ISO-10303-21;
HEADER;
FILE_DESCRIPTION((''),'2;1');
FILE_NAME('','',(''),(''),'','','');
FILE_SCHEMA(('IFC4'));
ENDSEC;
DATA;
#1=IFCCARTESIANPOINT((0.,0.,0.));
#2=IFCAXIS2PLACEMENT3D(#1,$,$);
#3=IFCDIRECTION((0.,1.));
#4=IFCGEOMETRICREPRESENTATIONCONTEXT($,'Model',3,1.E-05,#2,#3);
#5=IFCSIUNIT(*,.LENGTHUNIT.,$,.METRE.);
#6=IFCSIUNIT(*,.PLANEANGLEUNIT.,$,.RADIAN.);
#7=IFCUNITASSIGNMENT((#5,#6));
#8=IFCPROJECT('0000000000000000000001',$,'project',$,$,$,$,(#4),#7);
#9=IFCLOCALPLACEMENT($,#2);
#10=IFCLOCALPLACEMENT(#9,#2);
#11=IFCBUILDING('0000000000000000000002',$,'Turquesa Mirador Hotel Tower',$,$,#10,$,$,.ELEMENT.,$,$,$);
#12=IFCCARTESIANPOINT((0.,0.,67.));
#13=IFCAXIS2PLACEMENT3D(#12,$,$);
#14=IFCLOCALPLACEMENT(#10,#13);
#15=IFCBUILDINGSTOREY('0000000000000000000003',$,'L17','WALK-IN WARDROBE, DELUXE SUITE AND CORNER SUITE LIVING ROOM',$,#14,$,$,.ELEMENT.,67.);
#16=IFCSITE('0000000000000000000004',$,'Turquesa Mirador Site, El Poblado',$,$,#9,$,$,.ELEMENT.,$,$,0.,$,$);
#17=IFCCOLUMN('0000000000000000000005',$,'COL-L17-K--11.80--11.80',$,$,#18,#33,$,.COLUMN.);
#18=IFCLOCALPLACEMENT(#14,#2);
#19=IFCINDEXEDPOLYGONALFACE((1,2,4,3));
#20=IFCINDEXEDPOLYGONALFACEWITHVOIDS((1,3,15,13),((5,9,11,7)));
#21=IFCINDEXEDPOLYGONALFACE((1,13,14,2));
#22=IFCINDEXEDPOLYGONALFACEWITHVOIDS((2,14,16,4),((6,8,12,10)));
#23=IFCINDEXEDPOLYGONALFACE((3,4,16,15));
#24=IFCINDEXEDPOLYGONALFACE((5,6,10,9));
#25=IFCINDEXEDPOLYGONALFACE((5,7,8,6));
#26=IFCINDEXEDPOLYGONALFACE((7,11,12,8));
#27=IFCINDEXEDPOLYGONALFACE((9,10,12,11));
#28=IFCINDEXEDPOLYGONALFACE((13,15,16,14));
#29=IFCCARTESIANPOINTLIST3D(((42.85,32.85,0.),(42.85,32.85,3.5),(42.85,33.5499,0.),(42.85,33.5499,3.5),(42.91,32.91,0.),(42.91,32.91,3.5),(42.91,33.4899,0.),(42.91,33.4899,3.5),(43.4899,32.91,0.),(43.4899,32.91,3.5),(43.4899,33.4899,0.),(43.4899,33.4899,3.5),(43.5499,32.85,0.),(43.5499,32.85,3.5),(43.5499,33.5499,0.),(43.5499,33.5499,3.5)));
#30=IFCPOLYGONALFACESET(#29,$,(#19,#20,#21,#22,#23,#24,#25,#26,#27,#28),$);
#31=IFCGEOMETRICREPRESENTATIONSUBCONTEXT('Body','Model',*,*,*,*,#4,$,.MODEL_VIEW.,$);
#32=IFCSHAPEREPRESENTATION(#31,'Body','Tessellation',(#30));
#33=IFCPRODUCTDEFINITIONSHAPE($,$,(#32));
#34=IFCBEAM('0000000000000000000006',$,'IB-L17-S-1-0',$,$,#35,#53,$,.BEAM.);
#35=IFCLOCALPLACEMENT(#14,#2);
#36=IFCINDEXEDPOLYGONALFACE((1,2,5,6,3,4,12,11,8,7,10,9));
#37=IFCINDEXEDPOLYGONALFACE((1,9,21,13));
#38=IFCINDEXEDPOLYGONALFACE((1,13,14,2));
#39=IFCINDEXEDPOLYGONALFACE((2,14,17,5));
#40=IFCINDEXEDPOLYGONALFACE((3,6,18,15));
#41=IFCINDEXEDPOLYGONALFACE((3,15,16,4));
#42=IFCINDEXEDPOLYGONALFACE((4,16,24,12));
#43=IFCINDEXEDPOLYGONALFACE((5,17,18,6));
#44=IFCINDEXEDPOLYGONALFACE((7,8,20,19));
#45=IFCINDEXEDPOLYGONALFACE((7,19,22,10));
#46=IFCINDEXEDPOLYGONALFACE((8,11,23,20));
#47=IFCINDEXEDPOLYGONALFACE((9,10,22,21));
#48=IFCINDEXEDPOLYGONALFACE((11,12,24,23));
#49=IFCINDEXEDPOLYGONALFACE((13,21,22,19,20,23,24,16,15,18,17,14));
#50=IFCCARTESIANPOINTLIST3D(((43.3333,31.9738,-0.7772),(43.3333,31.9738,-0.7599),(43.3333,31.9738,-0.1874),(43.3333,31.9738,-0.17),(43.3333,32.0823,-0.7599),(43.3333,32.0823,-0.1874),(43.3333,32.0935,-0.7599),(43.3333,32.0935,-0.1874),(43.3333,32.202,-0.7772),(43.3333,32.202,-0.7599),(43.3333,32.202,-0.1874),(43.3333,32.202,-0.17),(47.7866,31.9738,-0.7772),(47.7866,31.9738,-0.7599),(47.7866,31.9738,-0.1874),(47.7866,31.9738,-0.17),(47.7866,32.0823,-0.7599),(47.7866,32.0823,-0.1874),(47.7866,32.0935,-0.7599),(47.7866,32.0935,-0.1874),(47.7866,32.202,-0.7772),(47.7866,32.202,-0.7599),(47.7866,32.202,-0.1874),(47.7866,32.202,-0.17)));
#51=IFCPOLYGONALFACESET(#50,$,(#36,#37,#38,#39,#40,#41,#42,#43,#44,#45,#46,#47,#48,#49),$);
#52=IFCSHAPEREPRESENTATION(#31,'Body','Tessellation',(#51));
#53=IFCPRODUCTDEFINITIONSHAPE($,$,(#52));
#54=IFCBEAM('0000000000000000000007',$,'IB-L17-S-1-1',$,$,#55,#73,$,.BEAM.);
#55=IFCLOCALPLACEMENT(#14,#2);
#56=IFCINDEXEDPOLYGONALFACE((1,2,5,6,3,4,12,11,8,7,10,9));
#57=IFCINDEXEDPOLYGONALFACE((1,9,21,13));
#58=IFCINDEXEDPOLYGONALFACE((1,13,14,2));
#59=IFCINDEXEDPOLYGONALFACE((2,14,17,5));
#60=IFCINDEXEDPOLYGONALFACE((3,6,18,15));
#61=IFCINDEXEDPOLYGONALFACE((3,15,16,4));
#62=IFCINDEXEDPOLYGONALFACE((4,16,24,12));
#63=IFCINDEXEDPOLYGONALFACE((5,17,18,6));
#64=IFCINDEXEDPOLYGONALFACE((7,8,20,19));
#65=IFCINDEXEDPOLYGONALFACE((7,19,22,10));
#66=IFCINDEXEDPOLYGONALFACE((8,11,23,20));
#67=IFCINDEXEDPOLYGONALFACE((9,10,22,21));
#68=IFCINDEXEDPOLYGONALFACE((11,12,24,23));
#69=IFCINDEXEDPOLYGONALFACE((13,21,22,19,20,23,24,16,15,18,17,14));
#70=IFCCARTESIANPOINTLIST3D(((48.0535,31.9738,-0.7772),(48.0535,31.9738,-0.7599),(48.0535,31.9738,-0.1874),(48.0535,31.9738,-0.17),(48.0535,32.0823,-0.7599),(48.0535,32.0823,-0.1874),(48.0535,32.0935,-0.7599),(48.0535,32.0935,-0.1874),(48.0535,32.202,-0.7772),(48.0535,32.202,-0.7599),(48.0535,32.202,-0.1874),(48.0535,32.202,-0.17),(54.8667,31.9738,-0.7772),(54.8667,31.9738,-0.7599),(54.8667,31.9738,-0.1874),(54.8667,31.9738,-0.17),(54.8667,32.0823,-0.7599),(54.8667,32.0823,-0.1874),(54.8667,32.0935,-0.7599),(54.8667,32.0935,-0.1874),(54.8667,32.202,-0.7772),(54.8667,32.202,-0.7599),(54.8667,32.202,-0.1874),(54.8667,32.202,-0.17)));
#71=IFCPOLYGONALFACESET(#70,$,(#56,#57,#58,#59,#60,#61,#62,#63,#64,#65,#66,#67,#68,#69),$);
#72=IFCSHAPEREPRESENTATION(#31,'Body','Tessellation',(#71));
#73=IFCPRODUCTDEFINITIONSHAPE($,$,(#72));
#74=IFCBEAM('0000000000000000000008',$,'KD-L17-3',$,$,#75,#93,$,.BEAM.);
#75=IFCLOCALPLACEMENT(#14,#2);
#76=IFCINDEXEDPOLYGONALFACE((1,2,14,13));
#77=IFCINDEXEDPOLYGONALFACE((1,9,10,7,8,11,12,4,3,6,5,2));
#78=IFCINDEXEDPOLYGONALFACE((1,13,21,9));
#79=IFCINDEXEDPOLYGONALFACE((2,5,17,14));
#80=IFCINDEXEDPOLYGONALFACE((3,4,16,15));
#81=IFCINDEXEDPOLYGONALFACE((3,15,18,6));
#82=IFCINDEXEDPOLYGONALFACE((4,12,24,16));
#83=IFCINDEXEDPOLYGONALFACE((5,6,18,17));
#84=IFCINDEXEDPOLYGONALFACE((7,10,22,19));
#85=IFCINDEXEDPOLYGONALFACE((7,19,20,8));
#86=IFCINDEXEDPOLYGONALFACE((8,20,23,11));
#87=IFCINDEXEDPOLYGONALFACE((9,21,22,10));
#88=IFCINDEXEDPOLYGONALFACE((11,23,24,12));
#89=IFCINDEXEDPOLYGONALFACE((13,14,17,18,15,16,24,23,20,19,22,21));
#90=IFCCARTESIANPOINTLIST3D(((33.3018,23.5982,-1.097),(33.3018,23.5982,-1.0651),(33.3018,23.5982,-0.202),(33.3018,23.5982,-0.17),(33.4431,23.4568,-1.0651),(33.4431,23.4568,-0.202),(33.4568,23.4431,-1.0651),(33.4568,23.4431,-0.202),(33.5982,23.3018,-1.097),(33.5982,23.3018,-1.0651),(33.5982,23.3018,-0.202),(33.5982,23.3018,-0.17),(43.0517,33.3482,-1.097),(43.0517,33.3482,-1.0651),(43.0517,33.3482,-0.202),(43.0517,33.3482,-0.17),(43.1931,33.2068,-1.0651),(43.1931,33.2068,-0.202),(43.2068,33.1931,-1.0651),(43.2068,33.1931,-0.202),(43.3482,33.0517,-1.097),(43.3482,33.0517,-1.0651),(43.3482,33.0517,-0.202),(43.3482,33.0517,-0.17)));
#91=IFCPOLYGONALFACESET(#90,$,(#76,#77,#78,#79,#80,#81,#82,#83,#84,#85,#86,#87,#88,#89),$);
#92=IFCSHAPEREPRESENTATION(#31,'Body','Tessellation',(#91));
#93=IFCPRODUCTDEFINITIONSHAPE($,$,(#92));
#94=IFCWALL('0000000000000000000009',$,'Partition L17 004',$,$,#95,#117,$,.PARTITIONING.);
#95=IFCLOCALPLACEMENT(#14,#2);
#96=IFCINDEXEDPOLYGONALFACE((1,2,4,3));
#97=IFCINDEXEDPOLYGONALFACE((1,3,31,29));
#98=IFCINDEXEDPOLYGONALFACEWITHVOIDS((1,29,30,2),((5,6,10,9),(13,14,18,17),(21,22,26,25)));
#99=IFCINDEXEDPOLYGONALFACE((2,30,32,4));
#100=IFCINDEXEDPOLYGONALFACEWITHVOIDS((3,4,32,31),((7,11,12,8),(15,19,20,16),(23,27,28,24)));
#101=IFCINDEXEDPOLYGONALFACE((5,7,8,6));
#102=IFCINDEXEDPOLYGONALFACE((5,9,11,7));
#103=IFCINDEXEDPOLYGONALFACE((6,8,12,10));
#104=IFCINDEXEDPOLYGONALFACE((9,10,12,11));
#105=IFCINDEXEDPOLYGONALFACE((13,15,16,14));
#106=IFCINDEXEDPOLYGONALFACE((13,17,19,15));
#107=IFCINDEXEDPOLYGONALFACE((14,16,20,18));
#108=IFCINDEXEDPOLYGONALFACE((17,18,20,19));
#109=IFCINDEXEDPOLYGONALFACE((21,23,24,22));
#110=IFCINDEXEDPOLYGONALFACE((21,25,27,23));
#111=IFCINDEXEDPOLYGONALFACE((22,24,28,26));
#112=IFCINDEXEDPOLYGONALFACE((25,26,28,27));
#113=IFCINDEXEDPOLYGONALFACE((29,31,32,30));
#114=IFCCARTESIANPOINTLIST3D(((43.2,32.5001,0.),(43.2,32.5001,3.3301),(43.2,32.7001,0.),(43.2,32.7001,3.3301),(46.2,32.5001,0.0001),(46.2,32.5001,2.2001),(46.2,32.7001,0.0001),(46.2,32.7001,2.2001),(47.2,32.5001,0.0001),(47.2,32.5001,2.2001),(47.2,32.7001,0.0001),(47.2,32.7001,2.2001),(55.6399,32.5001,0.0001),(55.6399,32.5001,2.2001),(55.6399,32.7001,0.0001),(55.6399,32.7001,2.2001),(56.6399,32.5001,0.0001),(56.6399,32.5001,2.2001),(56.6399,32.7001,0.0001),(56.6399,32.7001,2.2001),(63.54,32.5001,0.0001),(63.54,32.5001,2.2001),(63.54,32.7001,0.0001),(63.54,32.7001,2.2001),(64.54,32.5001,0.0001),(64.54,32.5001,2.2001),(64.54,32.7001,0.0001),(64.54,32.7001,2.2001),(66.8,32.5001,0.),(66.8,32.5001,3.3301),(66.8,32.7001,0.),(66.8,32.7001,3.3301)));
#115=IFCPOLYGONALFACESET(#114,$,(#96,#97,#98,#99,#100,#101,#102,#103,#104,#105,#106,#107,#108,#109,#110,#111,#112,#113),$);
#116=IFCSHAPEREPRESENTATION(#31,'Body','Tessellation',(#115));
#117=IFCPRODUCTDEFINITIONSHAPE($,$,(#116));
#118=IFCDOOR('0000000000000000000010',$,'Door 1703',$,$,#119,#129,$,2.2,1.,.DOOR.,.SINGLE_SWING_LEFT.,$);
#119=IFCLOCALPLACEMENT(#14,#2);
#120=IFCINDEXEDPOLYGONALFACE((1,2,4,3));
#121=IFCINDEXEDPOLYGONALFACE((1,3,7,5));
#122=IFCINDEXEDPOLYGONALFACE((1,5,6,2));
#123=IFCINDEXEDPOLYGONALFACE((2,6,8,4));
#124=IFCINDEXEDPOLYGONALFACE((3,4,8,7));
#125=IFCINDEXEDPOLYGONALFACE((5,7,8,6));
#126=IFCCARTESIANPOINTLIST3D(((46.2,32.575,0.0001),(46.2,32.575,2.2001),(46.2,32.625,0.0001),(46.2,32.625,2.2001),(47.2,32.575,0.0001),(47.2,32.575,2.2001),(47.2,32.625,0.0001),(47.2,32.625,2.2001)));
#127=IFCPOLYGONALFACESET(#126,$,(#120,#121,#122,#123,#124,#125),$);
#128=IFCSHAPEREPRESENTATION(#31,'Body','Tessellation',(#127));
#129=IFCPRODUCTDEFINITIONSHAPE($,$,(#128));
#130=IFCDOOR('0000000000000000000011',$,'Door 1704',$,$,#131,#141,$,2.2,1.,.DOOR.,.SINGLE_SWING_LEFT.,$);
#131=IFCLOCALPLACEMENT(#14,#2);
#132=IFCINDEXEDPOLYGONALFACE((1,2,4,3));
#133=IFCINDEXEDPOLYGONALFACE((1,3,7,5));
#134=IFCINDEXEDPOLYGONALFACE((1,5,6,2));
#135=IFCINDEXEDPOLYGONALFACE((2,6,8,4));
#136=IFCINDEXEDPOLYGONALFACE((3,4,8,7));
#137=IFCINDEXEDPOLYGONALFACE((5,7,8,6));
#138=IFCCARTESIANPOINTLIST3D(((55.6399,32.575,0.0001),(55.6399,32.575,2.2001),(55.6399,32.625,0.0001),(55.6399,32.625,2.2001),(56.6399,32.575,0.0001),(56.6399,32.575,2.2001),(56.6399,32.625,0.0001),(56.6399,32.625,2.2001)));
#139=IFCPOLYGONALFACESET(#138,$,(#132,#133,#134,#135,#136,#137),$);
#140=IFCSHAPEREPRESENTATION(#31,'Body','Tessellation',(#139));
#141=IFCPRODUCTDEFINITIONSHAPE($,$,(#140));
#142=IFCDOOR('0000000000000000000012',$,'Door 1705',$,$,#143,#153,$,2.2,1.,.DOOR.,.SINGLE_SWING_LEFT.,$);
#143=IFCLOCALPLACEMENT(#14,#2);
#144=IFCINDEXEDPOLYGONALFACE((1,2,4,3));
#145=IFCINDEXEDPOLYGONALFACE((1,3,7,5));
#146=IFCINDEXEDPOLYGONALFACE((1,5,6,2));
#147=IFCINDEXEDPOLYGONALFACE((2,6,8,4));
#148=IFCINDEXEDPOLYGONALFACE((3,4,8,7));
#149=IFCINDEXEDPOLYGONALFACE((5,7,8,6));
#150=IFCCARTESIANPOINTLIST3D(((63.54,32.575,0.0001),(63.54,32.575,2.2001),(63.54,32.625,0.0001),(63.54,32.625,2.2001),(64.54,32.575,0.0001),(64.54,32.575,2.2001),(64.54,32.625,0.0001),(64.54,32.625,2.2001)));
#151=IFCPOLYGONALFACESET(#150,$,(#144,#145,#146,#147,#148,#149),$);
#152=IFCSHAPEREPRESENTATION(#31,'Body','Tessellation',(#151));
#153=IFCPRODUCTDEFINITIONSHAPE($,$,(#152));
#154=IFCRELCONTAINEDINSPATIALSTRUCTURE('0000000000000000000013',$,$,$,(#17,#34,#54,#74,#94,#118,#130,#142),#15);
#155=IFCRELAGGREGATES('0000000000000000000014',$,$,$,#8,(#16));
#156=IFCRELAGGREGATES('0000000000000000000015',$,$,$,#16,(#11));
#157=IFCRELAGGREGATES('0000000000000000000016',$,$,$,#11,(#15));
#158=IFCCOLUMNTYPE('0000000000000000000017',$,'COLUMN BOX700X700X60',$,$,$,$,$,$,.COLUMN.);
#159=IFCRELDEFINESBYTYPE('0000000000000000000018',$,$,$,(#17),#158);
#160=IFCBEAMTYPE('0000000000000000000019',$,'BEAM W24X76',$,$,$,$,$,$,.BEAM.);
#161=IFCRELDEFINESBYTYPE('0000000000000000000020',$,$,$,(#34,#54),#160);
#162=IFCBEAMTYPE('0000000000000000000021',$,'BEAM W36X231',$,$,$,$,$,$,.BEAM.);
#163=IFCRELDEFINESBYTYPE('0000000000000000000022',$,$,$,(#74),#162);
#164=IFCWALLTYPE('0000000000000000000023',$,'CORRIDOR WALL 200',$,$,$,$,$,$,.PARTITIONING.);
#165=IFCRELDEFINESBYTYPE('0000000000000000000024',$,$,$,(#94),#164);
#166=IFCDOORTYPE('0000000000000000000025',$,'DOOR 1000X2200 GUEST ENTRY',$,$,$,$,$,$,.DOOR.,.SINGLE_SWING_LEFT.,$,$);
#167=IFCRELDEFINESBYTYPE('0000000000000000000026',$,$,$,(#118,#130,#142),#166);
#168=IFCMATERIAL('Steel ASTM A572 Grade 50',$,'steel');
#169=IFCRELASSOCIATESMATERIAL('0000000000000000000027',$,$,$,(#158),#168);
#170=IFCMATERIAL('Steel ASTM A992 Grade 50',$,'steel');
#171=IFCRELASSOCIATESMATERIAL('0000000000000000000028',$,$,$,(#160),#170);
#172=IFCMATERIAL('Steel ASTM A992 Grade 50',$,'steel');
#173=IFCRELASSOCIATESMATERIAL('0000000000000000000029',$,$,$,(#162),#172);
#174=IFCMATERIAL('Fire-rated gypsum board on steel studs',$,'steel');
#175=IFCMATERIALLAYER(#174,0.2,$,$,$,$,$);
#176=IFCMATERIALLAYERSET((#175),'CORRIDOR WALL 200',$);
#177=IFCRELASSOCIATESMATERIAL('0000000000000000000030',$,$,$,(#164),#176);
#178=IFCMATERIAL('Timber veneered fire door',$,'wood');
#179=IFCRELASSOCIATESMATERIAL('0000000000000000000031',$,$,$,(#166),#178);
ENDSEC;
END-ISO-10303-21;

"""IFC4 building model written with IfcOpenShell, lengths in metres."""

from ifc_helpers import new_model, si_unit, direction, frame, frame_2d, origin, origin_2d, place, context, subcontext, project, spatial, rectangle, hollow_rectangle, i_section, extrude, material, layer, layer_set, material_profile, profile_set, type_object, element, fill, save


model = new_model("IFC4")

# Units and contexts
model_context = context("Model", 3, precision=1e-05, world=origin(), true_north=direction((0.0, 1.0)))
body_context = subcontext(model_context, "Body", "Model", "MODEL_VIEW")
ifc_project = project(units=[si_unit("LENGTHUNIT", "METRE"), si_unit("PLANEANGLEUNIT", "RADIAN")], contexts=[model_context])

# Site, building, storey
site_placement = place(None, origin())
site = spatial("IfcSite", under=ifc_project, at=site_placement, Name="Turquesa Mirador Site, El Poblado", CompositionType="ELEMENT", RefElevation=0.0)
building_placement = place(site_placement, origin())
building = spatial("IfcBuilding", under=site, at=building_placement, Name="Turquesa Mirador Hotel Tower", CompositionType="ELEMENT")
storey_placement = place(building_placement, frame((0.0, 0.0, 67.0)))
storey = spatial("IfcBuildingStorey", under=building, at=storey_placement, Name="L17", Description="WALK-IN WARDROBE, DELUXE SUITE AND CORNER SUITE LIVING ROOM", CompositionType="ELEMENT", Elevation=67.0)

# Column
ifc_material_1 = material(Name="Steel ASTM A572 Grade 50", Category="steel")
ifc_material_profile_1 = material_profile(ifc_material_1, hollow_rectangle(XDim=0.7, YDim=0.7, WallThickness=0.0601, at=origin_2d()), Name="BOX700X700X60")
ifc_profile_set_1 = profile_set([ifc_material_profile_1], Name="Steel ASTM A572 Grade 50")
column_type = type_object("IfcColumnType", Name="COLUMN BOX700X700X60", PredefinedType="COLUMN", material=ifc_profile_set_1)
column_placement = place(storey_placement, frame((43.2, 33.2, 0.0), z_axis=(0.0, 0.0, 1.0), x_axis=(1.0, 0.0, 0.0)))
element("IfcColumn", 1, at=column_placement, inside=storey, type_object=column_type, Name="COL-L17-K--11.80--11.80", PredefinedType="COLUMN", context=body_context, shape_type="SweptSolid", body=[
    extrude(hollow_rectangle(XDim=0.7, YDim=0.7, WallThickness=0.0601, at=origin_2d()), origin(), (0.0, 0.0, 1.0), 3.5),
])

# Beams
ifc_material_2 = material(Name="Steel ASTM A992 Grade 50", Category="steel")
ifc_material_profile_2 = material_profile(ifc_material_2, i_section(OverallWidth=0.2283, OverallDepth=0.6072, WebThickness=0.0112, FlangeThickness=0.0173, at=origin_2d()), Name="W24X76")
ifc_profile_set_2 = profile_set([ifc_material_profile_2], Name="Steel ASTM A992 Grade 50")
beam_type_1 = type_object("IfcBeamType", Name="BEAM W24X76", PredefinedType="BEAM", material=ifc_profile_set_2)
beam_1_placement = place(storey_placement, frame((43.3333, 32.0879, -0.4736), z_axis=(1.0, 0.0, 0.0), x_axis=(0.0, 1.0, 0.0)))
element("IfcBeam", 2, at=beam_1_placement, inside=storey, type_object=beam_type_1, Name="IB-L17-S-1-0", PredefinedType="BEAM", context=body_context, shape_type="SweptSolid", body=[
    extrude(i_section(OverallWidth=0.2283, OverallDepth=0.6072, WebThickness=0.0112, FlangeThickness=0.0173, at=origin_2d()), origin(), (0.0, 0.0, 1.0), 4.4534),
])
beam_2_placement = place(storey_placement, frame((48.0535, 32.0879, -0.4736), z_axis=(1.0, 0.0, 0.0), x_axis=(0.0, 1.0, 0.0)))
element("IfcBeam", 3, at=beam_2_placement, inside=storey, type_object=beam_type_1, Name="IB-L17-S-1-1", PredefinedType="BEAM", context=body_context, shape_type="SweptSolid", body=[
    extrude(i_section(OverallWidth=0.2283, OverallDepth=0.6072, WebThickness=0.0112, FlangeThickness=0.0173, at=origin_2d()), origin(), (0.0, 0.0, 1.0), 6.8132),
])
ifc_material_3 = material(Name="Steel ASTM A992 Grade 50", Category="steel")
ifc_material_profile_3 = material_profile(ifc_material_3, i_section(OverallWidth=0.4192, OverallDepth=0.927, WebThickness=0.0193, FlangeThickness=0.032, at=origin_2d()), Name="W36X231")
ifc_profile_set_3 = profile_set([ifc_material_profile_3], Name="Steel ASTM A992 Grade 50")
beam_type_2 = type_object("IfcBeamType", Name="BEAM W36X231", PredefinedType="BEAM", material=ifc_profile_set_3)
beam_3_placement = place(storey_placement, frame((43.2, 33.2, -0.6335), z_axis=(-0.707107, -0.707107, 0.0), x_axis=(0.707107, -0.707107, 0.0)))
element("IfcBeam", 4, at=beam_3_placement, inside=storey, type_object=beam_type_2, Name="KD-L17-3", PredefinedType="BEAM", context=body_context, shape_type="SweptSolid", body=[
    extrude(i_section(OverallWidth=0.4192, OverallDepth=0.927, WebThickness=0.0193, FlangeThickness=0.032, at=origin_2d()), origin(), (0.0, 0.0, 1.0), 13.7886),
])

# Wall, openings, doors
ifc_material_4 = material(Name="Fire-rated gypsum board on steel studs", Category="steel")
ifc_layer_1 = layer(ifc_material_4, 0.2)
ifc_layer_set_1 = layer_set([ifc_layer_1], Name="CORRIDOR WALL 200")
wall_type_1 = type_object("IfcWallType", Name="CORRIDOR WALL 200", PredefinedType="PARTITIONING", material=ifc_layer_set_1)
wall_1_placement = place(storey_placement, frame((43.2, 32.6001, 0.0), z_axis=(0.0, 0.0, 1.0), x_axis=(1.0, 0.0, 0.0)))
wall_1 = element("IfcWall", 5, at=wall_1_placement, inside=storey, type_object=wall_type_1, Name="Partition L17 004", PredefinedType="PARTITIONING", context=body_context, shape_type="SweptSolid", body=[
    extrude(rectangle(XDim=23.6001, YDim=0.2, at=frame_2d((11.8, 0.0))), origin(), (0.0, 0.0, 1.0), 3.3301),
])
opening_1_placement = place(wall_1_placement, frame((3.0, 0.0, 0.0)))
opening_1 = element("IfcOpeningElement", 6, at=opening_1_placement, cuts=wall_1, PredefinedType="OPENING", context=body_context, shape_type="SweptSolid", body=[
    extrude(rectangle(XDim=1.0, YDim=2.2, at=frame_2d((0.5, 1.1001))), frame((0.0, 0.1099, 0.0), z_axis=(0.0, -1.0, 0.0), x_axis=(1.0, 0.0, 0.0)), (0.0, 0.0, 1.0), 0.22),
])
opening_2_placement = place(wall_1_placement, frame((12.4399, 0.0, 0.0)))
opening_2 = element("IfcOpeningElement", 7, at=opening_2_placement, cuts=wall_1, PredefinedType="OPENING", context=body_context, shape_type="SweptSolid", body=[
    extrude(rectangle(XDim=1.0, YDim=2.2, at=frame_2d((0.5, 1.1001))), frame((0.0, 0.1099, 0.0), z_axis=(0.0, -1.0, 0.0), x_axis=(1.0, 0.0, 0.0)), (0.0, 0.0, 1.0), 0.22),
])
opening_3_placement = place(wall_1_placement, frame((20.3401, 0.0, 0.0)))
opening_3 = element("IfcOpeningElement", 8, at=opening_3_placement, cuts=wall_1, PredefinedType="OPENING", context=body_context, shape_type="SweptSolid", body=[
    extrude(rectangle(XDim=1.0, YDim=2.2, at=frame_2d((0.5, 1.1001))), frame((0.0, 0.1099, 0.0), z_axis=(0.0, -1.0, 0.0), x_axis=(1.0, 0.0, 0.0)), (0.0, 0.0, 1.0), 0.22),
])
ifc_material_5 = material(Name="Timber veneered fire door", Category="wood")
door_type_1 = type_object("IfcDoorType", Name="DOOR 1000X2200 GUEST ENTRY", OperationType="SINGLE_SWING_LEFT", PredefinedType="DOOR", material=ifc_material_5)
door_1_placement = place(opening_1_placement, origin())
door_1 = element("IfcDoor", 9, at=door_1_placement, inside=storey, type_object=door_type_1, Name="Door 1703", OperationType="SINGLE_SWING_LEFT", OverallHeight=2.2, OverallWidth=1.0, PredefinedType="DOOR", context=body_context, shape_type="SweptSolid", body=[
    extrude(rectangle(XDim=1.0, YDim=2.2, at=frame_2d((0.5, 1.1001))), frame((0.0, 0.0249, 0.0), z_axis=(0.0, -1.0, 0.0), x_axis=(1.0, 0.0, 0.0)), (0.0, 0.0, 1.0), 0.05),
])
fill(opening_1, door_1)
door_2_placement = place(opening_2_placement, origin())
door_2 = element("IfcDoor", 10, at=door_2_placement, inside=storey, type_object=door_type_1, Name="Door 1704", OperationType="SINGLE_SWING_LEFT", OverallHeight=2.2, OverallWidth=1.0, PredefinedType="DOOR", context=body_context, shape_type="SweptSolid", body=[
    extrude(rectangle(XDim=1.0, YDim=2.2, at=frame_2d((0.5, 1.1001))), frame((0.0, 0.0249, 0.0), z_axis=(0.0, -1.0, 0.0), x_axis=(1.0, 0.0, 0.0)), (0.0, 0.0, 1.0), 0.05),
])
fill(opening_2, door_2)
door_3_placement = place(opening_3_placement, origin())
door_3 = element("IfcDoor", 11, at=door_3_placement, inside=storey, type_object=door_type_1, Name="Door 1705", OperationType="SINGLE_SWING_LEFT", OverallHeight=2.2, OverallWidth=1.0, PredefinedType="DOOR", context=body_context, shape_type="SweptSolid", body=[
    extrude(rectangle(XDim=1.0, YDim=2.2, at=frame_2d((0.5, 1.1001))), frame((0.0, 0.0249, 0.0), z_axis=(0.0, -1.0, 0.0), x_axis=(1.0, 0.0, 0.0)), (0.0, 0.0, 1.0), 0.05),
])
fill(opening_3, door_3)

save(model, "model.ifc")
